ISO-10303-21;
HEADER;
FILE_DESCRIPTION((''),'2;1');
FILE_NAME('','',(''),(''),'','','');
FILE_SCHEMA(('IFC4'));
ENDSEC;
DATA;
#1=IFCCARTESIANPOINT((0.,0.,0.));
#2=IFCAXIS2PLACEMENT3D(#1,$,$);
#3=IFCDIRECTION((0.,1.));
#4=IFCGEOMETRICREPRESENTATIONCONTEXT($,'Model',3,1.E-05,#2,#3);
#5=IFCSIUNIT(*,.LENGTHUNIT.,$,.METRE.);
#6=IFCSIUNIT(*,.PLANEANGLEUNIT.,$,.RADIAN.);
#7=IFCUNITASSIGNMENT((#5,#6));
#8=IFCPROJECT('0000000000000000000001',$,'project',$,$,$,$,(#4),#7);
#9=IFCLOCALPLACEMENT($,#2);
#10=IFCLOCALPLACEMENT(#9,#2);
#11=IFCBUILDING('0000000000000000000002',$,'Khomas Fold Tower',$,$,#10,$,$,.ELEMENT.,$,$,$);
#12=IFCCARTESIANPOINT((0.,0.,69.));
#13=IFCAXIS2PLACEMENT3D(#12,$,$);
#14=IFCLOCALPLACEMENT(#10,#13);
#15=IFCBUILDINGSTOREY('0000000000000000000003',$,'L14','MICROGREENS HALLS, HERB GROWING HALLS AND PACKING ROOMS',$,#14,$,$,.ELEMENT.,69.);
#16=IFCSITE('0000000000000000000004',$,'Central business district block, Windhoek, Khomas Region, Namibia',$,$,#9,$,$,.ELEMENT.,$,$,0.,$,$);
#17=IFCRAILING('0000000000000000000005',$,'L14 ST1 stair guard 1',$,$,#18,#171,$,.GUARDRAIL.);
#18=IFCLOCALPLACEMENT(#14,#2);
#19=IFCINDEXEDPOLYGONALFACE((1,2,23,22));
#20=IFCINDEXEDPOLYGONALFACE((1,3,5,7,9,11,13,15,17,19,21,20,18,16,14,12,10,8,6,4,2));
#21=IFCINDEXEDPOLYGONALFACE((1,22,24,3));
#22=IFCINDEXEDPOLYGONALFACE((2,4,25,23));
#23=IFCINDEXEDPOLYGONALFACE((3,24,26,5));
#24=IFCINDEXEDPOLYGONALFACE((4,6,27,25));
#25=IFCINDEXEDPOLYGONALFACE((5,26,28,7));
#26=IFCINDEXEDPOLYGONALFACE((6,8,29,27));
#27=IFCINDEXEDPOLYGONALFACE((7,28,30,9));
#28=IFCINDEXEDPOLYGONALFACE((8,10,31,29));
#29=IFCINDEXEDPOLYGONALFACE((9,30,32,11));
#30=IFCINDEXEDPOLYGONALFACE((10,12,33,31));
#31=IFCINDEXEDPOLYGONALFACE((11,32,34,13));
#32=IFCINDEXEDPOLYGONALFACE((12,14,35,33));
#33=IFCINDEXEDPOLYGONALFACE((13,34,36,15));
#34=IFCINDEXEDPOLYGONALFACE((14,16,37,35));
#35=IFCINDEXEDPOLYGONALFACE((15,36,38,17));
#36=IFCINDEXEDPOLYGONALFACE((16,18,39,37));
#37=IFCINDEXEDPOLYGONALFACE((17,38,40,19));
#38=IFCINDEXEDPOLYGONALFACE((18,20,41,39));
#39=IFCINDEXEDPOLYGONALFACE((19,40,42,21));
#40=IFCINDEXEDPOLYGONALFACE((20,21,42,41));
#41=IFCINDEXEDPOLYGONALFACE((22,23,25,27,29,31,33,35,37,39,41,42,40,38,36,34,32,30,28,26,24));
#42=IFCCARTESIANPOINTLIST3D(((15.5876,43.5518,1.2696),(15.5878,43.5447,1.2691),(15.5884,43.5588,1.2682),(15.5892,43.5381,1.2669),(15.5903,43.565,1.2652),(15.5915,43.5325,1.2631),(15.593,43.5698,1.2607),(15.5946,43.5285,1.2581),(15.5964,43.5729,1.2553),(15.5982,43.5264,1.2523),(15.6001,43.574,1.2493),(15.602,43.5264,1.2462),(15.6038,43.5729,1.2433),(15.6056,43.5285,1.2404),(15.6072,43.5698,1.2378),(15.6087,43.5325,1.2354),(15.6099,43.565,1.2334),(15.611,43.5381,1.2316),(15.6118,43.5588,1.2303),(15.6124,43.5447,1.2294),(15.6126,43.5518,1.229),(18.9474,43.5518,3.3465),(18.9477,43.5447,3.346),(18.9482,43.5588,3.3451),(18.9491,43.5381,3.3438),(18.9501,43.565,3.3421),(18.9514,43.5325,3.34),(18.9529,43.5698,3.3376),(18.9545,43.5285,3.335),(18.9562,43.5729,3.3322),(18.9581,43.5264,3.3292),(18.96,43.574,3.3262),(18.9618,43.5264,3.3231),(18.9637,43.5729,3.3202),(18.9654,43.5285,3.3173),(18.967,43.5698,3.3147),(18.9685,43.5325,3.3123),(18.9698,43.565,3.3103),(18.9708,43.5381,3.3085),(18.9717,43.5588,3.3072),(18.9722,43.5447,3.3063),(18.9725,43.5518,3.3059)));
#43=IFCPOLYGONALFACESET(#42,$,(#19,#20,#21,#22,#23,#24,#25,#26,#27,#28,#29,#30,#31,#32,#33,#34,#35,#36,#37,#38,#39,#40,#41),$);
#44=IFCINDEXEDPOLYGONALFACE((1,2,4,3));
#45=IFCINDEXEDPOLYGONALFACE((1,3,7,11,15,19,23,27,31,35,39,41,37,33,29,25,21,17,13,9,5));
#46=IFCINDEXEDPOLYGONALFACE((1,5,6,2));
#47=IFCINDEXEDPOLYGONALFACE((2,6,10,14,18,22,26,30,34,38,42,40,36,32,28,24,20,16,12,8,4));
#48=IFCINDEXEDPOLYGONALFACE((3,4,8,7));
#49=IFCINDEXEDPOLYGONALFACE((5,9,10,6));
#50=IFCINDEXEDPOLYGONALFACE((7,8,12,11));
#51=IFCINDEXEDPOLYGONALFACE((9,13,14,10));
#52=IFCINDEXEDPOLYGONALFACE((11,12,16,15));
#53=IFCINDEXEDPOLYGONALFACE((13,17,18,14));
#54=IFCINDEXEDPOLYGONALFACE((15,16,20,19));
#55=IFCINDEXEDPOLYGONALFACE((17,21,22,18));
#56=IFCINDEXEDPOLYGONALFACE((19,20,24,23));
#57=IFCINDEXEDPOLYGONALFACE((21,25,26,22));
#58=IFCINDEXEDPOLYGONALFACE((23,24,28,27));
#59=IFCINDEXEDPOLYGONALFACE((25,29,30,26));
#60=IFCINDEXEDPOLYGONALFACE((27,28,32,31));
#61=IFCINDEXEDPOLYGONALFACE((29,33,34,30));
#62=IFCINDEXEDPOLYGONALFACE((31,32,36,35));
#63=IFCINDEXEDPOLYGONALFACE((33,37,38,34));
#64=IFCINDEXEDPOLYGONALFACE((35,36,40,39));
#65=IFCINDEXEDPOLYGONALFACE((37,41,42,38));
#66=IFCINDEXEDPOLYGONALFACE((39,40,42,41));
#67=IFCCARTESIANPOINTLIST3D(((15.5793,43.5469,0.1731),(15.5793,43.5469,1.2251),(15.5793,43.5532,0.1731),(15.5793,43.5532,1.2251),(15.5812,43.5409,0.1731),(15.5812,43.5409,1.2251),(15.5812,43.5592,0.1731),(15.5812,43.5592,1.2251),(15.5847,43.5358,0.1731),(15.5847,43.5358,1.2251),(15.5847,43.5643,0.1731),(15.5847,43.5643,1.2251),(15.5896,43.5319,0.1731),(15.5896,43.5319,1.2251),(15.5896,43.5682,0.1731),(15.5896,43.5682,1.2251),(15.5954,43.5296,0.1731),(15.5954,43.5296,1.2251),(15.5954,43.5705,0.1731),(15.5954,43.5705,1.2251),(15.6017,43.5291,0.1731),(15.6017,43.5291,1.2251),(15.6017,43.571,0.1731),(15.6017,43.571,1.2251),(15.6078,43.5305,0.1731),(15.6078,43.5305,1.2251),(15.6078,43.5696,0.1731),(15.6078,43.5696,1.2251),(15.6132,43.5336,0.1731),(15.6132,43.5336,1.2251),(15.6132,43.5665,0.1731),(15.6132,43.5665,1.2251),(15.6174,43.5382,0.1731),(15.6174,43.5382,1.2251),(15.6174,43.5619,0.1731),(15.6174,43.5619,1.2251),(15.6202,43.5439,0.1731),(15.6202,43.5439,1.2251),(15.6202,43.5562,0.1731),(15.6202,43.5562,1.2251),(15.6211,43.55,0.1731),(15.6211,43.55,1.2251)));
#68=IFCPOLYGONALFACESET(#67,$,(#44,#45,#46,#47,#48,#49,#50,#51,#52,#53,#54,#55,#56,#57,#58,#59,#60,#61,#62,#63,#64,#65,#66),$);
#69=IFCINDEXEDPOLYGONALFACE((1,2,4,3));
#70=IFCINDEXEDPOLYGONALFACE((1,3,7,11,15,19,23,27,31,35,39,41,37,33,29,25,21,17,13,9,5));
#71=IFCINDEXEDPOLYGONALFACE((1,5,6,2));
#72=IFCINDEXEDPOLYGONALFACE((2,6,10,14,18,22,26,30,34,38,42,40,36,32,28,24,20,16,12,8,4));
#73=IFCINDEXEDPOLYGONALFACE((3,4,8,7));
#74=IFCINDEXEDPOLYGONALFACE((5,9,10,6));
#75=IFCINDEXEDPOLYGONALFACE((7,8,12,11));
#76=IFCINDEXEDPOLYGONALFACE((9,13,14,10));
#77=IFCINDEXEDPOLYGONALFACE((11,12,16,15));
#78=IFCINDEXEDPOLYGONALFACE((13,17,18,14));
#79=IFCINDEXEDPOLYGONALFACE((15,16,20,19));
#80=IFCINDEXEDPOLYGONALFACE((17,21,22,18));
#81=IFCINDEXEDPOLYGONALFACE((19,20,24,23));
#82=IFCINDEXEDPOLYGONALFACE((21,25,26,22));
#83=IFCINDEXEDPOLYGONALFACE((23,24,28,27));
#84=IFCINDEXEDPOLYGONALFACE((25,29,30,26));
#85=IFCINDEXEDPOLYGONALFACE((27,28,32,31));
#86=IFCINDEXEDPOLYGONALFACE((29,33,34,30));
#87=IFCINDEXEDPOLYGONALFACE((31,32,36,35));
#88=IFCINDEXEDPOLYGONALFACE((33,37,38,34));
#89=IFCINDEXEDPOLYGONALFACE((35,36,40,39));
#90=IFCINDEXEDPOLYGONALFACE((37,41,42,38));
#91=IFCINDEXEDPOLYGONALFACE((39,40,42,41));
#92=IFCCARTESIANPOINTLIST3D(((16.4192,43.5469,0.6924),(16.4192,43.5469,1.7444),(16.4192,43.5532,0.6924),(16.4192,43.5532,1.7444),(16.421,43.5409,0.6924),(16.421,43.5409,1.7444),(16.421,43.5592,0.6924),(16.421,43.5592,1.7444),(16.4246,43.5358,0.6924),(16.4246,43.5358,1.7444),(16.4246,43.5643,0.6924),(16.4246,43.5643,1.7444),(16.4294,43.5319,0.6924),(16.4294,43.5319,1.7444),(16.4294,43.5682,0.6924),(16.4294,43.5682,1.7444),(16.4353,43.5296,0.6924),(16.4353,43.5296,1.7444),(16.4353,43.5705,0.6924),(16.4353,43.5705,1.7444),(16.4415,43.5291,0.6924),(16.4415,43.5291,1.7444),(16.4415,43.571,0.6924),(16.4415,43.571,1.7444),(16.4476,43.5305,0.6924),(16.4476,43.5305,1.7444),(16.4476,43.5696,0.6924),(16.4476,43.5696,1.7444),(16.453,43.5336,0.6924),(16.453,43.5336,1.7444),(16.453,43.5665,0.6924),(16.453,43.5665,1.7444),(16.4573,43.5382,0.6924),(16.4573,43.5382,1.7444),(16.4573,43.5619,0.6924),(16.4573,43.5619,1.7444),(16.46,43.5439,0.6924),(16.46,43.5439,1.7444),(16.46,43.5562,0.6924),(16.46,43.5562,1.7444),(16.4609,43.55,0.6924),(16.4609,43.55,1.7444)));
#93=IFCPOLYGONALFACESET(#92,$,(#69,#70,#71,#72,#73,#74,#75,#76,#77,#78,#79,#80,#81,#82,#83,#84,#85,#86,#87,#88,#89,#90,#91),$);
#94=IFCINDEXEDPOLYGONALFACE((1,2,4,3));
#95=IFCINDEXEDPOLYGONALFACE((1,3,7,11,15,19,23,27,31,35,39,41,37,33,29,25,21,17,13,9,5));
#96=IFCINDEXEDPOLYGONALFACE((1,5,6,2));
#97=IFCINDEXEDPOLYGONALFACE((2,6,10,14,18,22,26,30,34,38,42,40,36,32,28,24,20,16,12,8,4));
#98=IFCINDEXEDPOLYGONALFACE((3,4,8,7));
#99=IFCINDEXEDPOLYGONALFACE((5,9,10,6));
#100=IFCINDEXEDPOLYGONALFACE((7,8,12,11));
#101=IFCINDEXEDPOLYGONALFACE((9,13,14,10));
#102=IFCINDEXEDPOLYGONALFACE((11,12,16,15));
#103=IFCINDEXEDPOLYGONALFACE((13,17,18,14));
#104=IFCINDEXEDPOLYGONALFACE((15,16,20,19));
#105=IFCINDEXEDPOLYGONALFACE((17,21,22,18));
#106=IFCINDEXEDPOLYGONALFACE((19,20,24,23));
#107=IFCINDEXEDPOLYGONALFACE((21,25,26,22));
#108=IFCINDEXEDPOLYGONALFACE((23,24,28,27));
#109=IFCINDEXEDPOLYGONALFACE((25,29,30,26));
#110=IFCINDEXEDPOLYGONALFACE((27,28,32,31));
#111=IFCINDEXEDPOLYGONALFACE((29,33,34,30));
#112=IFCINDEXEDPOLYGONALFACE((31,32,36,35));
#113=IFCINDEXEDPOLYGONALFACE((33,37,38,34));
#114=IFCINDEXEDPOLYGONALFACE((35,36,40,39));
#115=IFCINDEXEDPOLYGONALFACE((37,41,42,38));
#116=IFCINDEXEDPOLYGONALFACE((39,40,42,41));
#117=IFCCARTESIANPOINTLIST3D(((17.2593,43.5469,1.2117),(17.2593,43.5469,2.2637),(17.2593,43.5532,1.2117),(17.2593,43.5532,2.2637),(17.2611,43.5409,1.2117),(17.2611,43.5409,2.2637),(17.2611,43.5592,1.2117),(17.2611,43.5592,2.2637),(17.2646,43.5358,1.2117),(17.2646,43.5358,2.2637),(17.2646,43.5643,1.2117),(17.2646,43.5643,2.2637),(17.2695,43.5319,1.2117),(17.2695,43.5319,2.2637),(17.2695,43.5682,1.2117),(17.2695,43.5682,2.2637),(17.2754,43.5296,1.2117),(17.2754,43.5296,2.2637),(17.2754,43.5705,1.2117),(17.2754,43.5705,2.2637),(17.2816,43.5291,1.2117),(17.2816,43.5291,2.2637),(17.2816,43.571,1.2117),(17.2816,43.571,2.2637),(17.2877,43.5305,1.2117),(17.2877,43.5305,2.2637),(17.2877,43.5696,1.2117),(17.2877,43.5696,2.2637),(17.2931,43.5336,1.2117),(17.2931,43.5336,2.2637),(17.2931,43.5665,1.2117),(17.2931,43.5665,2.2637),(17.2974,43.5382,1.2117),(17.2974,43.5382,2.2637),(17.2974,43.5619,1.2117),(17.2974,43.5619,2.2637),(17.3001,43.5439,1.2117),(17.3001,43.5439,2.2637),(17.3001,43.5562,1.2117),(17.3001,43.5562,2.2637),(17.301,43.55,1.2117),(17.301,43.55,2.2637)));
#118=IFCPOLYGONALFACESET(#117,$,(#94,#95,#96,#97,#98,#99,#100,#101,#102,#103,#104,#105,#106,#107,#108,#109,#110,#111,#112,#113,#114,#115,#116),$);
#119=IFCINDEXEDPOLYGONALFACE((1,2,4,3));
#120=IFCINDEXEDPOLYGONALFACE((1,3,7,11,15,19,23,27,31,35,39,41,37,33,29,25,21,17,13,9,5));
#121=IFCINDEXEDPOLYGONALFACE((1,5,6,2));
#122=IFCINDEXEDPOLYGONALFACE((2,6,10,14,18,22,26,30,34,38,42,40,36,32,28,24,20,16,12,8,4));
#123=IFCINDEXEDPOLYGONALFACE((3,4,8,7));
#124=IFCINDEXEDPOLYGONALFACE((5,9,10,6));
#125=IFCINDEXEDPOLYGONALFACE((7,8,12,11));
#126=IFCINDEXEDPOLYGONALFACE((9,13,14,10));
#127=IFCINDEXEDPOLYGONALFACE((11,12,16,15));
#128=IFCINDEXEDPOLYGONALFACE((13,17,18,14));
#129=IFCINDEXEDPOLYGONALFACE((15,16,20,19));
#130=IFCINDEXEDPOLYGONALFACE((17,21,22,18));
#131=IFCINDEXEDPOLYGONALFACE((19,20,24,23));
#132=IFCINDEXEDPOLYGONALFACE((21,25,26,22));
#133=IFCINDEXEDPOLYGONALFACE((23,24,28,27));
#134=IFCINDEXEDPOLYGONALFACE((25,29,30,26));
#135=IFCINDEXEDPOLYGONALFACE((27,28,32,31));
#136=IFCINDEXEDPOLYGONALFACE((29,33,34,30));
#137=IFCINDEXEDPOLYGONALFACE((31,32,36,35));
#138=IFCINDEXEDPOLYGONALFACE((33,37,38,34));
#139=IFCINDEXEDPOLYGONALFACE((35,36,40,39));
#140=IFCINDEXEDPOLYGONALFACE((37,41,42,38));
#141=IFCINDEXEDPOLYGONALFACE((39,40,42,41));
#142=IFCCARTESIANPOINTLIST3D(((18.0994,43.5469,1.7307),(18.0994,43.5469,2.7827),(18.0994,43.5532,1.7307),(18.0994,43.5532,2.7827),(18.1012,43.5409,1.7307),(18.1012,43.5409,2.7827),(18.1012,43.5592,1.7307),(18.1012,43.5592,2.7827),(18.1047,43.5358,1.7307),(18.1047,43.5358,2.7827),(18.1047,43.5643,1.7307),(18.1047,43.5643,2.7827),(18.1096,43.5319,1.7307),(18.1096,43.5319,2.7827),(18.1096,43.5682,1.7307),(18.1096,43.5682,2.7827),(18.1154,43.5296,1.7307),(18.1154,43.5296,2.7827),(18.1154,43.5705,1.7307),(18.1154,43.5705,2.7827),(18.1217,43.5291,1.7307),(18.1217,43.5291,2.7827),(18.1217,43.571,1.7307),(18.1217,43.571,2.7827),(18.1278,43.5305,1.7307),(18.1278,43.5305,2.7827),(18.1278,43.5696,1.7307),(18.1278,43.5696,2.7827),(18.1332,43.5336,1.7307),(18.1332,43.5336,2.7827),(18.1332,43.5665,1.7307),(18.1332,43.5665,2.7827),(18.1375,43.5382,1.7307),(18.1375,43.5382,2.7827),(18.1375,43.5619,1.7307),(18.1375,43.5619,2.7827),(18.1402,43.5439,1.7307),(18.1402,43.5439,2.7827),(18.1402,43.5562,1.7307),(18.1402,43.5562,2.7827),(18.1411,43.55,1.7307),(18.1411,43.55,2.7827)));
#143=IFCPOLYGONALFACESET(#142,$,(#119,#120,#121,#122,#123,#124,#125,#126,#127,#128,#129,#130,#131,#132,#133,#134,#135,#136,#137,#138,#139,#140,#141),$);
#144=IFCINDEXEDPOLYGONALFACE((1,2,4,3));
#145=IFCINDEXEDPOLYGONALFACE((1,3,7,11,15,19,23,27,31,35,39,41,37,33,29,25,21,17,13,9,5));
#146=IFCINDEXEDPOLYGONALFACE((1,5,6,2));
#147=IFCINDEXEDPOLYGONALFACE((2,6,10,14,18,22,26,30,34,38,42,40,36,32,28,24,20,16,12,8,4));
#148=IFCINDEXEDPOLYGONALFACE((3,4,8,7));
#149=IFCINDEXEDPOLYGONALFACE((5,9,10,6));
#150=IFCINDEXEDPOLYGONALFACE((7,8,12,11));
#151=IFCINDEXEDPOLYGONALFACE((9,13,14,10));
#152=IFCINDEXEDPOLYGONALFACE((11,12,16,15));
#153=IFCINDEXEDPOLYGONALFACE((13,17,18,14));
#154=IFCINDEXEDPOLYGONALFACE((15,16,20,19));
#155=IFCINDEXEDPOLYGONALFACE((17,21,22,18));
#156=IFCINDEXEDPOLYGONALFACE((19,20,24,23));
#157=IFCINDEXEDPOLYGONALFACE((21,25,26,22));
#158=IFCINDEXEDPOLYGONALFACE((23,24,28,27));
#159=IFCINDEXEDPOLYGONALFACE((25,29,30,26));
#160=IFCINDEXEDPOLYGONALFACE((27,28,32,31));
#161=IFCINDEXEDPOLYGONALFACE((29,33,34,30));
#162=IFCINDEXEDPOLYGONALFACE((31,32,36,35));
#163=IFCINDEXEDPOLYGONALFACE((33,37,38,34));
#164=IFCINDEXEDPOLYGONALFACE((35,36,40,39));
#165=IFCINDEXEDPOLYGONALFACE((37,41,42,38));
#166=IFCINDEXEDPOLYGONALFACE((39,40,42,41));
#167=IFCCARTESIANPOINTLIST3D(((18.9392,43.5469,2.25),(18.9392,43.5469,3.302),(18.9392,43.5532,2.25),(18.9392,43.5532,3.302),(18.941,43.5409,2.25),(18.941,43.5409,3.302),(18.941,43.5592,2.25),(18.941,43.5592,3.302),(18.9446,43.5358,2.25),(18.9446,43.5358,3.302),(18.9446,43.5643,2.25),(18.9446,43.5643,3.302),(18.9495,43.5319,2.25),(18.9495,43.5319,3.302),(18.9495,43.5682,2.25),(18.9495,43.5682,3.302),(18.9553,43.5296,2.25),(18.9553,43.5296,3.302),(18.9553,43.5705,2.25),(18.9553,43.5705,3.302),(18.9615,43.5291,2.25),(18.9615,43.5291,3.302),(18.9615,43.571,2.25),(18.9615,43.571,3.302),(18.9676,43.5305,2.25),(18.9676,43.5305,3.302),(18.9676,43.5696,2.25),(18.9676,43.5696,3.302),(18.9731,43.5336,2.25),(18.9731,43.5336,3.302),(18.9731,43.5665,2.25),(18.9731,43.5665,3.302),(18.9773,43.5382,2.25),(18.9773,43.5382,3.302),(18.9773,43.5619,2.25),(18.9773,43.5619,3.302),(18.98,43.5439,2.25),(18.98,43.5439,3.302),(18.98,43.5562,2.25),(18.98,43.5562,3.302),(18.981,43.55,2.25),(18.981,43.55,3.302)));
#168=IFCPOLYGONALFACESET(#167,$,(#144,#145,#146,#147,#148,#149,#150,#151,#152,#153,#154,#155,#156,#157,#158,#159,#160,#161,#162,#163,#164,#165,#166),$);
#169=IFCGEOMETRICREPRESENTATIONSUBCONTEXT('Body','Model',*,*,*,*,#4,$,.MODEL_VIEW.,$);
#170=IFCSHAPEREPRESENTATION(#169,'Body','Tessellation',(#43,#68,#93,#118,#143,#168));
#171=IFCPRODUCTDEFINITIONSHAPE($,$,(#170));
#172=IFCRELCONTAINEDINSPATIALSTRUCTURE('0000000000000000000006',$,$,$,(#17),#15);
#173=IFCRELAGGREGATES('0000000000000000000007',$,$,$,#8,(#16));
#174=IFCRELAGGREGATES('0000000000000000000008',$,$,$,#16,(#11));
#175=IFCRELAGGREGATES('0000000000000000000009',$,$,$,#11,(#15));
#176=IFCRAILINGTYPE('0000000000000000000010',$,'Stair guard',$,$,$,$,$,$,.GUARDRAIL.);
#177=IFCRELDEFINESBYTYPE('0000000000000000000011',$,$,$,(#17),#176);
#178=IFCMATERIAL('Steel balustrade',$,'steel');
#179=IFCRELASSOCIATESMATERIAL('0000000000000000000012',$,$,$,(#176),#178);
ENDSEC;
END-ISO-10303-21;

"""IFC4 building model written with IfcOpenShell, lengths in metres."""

from ifc_helpers import new_model, si_unit, direction, frame, origin, origin_2d, place, context, subcontext, project, spatial, circle, extrude, source, transform, mapped, material, type_object, element, save


model = new_model("IFC4")

# Units and contexts
model_context = context("Model", 3, precision=1e-05, world=origin(), true_north=direction((0.0, 1.0)))
body_context = subcontext(model_context, "Body", "Model", "MODEL_VIEW")
ifc_project = project(units=[si_unit("LENGTHUNIT", "METRE"), si_unit("PLANEANGLEUNIT", "RADIAN")], contexts=[model_context])

# Site, building, storey
site_placement = place(None, origin())
site = spatial("IfcSite", under=ifc_project, at=site_placement, Name="Central business district block, Windhoek, Khomas Region, Namibia", CompositionType="ELEMENT", RefElevation=0.0)
building_placement = place(site_placement, origin())
building = spatial("IfcBuilding", under=site, at=building_placement, Name="Khomas Fold Tower", CompositionType="ELEMENT")
storey_placement = place(building_placement, frame((0.0, 0.0, 69.0)))
storey = spatial("IfcBuildingStorey", under=building, at=storey_placement, Name="L14", Description="MICROGREENS HALLS, HERB GROWING HALLS AND PACKING ROOMS", CompositionType="ELEMENT", Elevation=69.0)

# Railing
ifc_material_1 = material(Name="Steel balustrade", Category="steel")
railing_type_1 = type_object("IfcRailingType", Name="Stair guard", PredefinedType="GUARDRAIL", material=ifc_material_1)
shared_shape_1 = source(origin(), body_context, "Body", "SweptSolid", [
    extrude(circle(Radius=0.0239, at=origin_2d()), frame((0.0, 0.0, 1.0762), z_axis=(0.850606, 0.0, 0.525803), x_axis=(0.0, 1.0, 0.0)), (0.0, 0.0, 1.0), 3.95),
    extrude(circle(Radius=0.021, at=origin_2d()), origin(), (0.0, 0.0, 1.0), 1.052),
    extrude(circle(Radius=0.021, at=origin_2d()), frame((0.8398, 0.0, 0.5193)), (0.0, 0.0, 1.0), 1.052),
    extrude(circle(Radius=0.021, at=origin_2d()), frame((1.6799, 0.0, 1.0386)), (0.0, 0.0, 1.0), 1.052),
    extrude(circle(Radius=0.021, at=origin_2d()), frame((2.52, 0.0, 1.5576)), (0.0, 0.0, 1.0), 1.052),
    extrude(circle(Radius=0.021, at=origin_2d()), frame((3.3599, 0.0, 2.0769)), (0.0, 0.0, 1.0), 1.052),
])
railing_1_placement = place(storey_placement, frame((15.6001, 43.55, 0.1731)))
element("IfcRailing", 1, at=railing_1_placement, inside=storey, type_object=railing_type_1, Name="L14 ST1 stair guard 1", PredefinedType="GUARDRAIL", context=body_context, shape_type="MappedRepresentation", body=[
    mapped(shared_shape_1, transform((0.0, 0.0, 0.0))),
])

save(model, "model.ifc")
